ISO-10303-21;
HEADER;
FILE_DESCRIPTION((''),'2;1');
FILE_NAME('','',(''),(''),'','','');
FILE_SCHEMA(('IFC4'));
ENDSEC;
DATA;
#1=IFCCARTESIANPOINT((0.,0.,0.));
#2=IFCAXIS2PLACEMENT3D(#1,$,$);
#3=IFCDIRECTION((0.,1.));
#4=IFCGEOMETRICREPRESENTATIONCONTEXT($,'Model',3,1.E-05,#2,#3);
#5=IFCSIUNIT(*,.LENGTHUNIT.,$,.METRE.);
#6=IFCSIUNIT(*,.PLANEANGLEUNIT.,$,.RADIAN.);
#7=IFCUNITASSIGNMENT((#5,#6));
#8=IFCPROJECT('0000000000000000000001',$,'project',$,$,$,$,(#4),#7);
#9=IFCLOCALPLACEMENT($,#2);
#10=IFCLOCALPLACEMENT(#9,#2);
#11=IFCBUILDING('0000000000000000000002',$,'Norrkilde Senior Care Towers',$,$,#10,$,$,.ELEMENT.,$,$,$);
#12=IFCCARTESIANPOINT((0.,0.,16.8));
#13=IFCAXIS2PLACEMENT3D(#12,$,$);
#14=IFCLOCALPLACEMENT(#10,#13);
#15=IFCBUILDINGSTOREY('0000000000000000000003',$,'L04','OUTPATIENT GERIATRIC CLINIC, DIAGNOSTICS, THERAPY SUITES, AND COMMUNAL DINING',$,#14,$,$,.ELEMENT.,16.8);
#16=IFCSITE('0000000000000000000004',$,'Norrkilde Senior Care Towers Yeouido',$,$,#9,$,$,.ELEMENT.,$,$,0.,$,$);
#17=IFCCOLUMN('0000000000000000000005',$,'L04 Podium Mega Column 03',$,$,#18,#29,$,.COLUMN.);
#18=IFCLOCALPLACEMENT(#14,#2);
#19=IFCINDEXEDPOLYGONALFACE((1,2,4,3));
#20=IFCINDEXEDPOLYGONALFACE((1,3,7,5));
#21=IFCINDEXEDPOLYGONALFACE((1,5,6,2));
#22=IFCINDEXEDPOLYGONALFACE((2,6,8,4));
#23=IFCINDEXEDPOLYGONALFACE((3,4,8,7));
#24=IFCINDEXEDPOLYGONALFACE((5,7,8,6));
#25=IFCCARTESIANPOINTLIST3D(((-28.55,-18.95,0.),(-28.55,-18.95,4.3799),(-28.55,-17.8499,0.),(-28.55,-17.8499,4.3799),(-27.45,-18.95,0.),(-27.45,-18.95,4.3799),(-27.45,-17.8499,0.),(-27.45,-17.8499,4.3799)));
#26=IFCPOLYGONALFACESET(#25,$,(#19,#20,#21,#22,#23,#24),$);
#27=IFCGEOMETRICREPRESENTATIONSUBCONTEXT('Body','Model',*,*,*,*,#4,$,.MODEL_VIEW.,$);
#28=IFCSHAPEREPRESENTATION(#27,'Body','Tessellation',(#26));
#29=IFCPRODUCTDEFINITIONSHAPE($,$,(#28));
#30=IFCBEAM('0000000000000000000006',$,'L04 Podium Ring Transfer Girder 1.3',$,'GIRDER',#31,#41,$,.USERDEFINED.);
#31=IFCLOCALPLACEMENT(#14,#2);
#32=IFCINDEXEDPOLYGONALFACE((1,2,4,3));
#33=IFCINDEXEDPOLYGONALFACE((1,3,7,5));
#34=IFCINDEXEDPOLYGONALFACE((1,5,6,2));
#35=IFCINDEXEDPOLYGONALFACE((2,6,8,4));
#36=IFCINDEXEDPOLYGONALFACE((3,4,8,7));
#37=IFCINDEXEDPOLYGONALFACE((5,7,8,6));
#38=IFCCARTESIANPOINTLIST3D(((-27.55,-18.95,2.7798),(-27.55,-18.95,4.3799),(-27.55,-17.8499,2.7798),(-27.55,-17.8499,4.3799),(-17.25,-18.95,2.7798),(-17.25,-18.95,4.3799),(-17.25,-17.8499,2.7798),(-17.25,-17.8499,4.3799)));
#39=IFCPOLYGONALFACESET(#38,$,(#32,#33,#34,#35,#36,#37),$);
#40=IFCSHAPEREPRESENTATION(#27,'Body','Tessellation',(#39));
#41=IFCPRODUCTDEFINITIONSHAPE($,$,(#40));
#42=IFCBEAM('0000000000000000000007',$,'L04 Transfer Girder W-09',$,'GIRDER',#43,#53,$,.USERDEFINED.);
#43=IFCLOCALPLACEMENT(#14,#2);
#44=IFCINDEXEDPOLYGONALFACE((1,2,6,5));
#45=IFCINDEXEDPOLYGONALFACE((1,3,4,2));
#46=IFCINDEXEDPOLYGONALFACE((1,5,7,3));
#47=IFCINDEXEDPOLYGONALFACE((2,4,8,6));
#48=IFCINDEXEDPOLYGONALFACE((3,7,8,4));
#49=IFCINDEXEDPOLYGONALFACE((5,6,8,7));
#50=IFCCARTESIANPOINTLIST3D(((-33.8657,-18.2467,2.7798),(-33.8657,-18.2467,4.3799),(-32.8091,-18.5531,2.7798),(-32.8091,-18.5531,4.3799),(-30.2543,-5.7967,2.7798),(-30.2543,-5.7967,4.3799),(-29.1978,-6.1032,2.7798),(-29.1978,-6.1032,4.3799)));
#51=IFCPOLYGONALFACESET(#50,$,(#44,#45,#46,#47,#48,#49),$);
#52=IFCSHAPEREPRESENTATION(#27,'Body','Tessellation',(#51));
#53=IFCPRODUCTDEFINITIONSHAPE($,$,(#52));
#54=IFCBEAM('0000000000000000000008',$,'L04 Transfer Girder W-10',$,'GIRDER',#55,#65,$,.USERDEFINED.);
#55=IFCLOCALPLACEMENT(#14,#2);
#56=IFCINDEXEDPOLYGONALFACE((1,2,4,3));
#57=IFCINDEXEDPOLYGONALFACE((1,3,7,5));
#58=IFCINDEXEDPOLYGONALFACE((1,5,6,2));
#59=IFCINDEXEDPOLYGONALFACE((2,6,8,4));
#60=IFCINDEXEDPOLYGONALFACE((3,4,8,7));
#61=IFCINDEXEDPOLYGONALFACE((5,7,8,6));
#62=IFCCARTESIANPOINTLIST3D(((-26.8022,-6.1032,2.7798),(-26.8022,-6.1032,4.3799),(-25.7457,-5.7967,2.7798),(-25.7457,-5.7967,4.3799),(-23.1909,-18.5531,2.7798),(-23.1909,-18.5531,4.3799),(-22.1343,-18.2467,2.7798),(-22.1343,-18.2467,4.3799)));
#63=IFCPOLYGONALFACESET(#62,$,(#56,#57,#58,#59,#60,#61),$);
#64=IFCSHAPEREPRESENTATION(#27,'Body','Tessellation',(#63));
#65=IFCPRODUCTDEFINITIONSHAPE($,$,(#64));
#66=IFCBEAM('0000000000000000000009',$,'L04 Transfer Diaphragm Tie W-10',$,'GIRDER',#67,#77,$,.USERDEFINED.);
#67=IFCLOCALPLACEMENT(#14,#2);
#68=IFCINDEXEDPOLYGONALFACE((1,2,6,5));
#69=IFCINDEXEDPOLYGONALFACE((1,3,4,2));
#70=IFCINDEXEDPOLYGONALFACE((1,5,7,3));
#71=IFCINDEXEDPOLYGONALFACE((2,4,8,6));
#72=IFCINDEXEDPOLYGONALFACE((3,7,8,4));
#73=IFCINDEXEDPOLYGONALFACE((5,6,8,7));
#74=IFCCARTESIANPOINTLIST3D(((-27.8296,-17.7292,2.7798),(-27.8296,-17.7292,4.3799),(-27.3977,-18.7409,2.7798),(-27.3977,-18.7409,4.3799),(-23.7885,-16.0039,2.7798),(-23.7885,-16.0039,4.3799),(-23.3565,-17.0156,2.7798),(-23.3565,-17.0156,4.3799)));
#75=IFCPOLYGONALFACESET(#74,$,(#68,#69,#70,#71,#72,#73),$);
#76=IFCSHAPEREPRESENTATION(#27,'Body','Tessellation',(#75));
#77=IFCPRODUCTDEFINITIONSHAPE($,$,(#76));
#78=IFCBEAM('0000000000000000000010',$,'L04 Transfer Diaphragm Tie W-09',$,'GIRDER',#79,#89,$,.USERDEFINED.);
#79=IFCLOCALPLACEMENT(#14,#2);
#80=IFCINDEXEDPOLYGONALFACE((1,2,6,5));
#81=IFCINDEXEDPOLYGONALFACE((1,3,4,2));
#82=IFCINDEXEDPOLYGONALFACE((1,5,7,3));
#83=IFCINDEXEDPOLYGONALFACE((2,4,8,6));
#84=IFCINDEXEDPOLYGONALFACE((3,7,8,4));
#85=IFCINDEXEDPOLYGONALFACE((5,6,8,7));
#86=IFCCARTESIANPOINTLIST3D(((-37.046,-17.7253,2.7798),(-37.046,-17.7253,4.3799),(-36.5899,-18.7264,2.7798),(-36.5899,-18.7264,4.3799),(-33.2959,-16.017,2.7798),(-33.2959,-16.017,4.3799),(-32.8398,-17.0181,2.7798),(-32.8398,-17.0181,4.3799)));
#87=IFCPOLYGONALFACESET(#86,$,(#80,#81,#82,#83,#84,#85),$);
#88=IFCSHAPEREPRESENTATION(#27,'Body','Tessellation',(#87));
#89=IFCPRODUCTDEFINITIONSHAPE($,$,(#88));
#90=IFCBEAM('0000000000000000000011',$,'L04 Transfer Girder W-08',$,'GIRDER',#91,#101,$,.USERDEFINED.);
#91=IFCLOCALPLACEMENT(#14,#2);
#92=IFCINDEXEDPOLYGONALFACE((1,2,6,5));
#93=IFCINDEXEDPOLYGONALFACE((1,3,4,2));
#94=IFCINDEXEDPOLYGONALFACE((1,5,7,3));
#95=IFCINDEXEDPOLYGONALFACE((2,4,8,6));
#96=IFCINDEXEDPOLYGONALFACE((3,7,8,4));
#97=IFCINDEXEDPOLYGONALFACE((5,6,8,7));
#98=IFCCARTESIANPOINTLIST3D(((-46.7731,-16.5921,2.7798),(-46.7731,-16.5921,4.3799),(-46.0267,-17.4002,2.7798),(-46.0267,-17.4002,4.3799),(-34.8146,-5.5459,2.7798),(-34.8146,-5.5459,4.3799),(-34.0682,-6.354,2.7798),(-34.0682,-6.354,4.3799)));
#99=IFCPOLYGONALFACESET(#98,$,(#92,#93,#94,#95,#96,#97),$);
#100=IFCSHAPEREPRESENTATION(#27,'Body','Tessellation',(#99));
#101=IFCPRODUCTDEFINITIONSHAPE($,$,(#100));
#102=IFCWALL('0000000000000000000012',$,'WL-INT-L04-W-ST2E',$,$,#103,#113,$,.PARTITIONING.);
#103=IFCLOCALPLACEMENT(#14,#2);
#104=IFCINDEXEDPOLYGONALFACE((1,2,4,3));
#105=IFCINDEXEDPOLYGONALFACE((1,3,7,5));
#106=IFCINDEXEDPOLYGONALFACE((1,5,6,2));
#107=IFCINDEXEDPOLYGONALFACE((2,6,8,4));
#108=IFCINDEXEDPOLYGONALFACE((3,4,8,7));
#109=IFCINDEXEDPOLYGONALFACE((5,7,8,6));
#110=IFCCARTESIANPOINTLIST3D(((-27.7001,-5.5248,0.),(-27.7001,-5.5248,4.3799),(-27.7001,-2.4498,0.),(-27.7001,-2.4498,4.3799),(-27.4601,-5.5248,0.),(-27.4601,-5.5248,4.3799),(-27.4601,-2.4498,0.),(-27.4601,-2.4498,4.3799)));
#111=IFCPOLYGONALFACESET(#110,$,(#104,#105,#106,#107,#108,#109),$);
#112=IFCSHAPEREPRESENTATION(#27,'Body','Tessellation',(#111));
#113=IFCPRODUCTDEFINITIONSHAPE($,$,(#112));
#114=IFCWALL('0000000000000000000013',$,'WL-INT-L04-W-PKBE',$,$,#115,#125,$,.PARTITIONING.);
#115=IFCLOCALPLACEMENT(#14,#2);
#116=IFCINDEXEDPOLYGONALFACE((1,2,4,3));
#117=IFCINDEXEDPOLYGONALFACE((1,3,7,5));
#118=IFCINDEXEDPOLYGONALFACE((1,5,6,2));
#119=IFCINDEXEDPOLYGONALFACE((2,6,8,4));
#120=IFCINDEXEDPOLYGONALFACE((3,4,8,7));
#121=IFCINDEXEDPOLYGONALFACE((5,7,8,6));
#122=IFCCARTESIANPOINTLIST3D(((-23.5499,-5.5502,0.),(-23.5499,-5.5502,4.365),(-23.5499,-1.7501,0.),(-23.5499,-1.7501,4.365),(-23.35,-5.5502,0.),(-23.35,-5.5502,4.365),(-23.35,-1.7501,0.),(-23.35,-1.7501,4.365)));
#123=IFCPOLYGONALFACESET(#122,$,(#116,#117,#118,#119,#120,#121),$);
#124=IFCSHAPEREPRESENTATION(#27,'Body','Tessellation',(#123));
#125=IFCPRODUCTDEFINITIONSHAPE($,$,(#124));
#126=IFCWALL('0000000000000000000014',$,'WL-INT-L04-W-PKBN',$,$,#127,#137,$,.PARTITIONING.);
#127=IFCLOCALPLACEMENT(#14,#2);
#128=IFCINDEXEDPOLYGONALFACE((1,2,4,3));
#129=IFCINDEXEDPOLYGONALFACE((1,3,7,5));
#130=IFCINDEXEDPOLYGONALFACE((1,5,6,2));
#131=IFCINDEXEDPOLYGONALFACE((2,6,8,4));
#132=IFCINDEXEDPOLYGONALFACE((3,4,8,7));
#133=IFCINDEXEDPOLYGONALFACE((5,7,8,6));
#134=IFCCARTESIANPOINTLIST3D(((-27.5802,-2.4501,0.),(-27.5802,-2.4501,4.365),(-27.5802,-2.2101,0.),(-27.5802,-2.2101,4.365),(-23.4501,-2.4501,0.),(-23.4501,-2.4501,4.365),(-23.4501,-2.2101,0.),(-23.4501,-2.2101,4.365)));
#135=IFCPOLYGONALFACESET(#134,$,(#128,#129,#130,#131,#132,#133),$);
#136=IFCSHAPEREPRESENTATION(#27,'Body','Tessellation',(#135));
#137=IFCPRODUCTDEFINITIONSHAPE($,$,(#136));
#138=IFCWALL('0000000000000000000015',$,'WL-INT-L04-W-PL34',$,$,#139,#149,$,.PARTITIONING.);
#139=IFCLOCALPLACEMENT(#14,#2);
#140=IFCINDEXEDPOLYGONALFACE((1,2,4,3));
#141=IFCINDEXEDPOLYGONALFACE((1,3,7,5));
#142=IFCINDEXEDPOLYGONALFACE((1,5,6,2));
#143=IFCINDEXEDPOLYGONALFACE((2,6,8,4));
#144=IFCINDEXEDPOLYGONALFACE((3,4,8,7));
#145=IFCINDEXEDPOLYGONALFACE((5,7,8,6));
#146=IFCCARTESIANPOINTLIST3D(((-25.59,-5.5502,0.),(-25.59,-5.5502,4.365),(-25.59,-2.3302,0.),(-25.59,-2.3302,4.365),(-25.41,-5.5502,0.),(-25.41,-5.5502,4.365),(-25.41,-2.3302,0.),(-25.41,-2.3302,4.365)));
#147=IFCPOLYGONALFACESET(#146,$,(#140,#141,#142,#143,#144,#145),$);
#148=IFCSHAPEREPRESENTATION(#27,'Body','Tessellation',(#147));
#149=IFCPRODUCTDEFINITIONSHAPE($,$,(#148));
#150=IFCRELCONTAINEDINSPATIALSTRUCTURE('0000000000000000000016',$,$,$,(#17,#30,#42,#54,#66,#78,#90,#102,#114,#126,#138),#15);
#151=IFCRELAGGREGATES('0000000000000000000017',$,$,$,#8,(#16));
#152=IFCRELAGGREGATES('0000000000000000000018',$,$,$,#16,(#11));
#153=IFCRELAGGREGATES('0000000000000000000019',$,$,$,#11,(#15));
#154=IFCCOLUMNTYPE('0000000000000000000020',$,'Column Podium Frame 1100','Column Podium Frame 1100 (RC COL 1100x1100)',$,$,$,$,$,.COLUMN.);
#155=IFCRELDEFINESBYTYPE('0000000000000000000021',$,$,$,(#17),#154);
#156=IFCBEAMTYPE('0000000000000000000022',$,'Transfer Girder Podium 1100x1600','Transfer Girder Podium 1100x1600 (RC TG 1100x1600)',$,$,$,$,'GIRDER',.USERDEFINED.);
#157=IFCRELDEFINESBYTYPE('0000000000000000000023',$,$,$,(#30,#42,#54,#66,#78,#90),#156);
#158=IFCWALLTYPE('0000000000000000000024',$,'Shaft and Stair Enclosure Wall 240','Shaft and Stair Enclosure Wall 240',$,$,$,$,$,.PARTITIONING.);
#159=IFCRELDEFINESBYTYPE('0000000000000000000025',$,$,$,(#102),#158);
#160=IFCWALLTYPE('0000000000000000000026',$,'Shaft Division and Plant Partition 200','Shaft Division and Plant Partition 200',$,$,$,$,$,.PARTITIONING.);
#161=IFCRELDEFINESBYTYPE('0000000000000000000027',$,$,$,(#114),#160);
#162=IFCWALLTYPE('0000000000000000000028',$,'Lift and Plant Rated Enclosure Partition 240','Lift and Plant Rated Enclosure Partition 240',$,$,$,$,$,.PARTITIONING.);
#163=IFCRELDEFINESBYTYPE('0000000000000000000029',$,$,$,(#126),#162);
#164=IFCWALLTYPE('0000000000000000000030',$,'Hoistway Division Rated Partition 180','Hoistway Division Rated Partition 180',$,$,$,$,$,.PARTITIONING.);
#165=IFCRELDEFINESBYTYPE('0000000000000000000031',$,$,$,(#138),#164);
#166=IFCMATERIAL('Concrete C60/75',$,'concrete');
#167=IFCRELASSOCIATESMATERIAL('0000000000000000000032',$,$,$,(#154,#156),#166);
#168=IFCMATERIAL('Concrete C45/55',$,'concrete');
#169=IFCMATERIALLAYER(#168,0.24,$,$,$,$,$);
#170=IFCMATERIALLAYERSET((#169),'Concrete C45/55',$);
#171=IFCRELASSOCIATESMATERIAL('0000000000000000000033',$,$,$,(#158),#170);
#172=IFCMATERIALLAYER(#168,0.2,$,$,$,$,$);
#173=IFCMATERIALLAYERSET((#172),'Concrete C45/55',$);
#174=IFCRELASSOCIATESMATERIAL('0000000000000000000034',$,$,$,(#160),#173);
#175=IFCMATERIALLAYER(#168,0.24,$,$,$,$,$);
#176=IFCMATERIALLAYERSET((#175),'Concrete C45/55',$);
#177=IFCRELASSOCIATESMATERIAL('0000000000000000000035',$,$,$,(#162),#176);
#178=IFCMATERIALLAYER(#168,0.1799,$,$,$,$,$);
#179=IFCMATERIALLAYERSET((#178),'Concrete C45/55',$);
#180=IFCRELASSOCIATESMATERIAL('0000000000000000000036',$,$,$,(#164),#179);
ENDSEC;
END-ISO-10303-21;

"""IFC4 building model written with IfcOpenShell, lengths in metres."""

from ifc_helpers import new_model, si_unit, direction, frame, frame_2d, origin, origin_2d, place, context, subcontext, project, spatial, rectangle, extrude, source, transform, mapped, material, layer, layer_set, material_profile, profile_set, type_object, type_shapes, element, save


model = new_model("IFC4")

# Units and contexts
model_context = context("Model", 3, precision=1e-05, world=origin(), true_north=direction((0.0, 1.0)))
body_context = subcontext(model_context, "Body", "Model", "MODEL_VIEW")
ifc_project = project(units=[si_unit("LENGTHUNIT", "METRE"), si_unit("PLANEANGLEUNIT", "RADIAN")], contexts=[model_context])

# Site, building, storey
site_placement = place(None, origin())
site = spatial("IfcSite", under=ifc_project, at=site_placement, Name="Norrkilde Senior Care Towers Yeouido", CompositionType="ELEMENT", RefElevation=0.0)
building_placement = place(site_placement, origin())
building = spatial("IfcBuilding", under=site, at=building_placement, Name="Norrkilde Senior Care Towers", CompositionType="ELEMENT")
storey_placement = place(building_placement, frame((0.0, 0.0, 16.8)))
storey = spatial("IfcBuildingStorey", under=building, at=storey_placement, Name="L04", Description="OUTPATIENT GERIATRIC CLINIC, DIAGNOSTICS, THERAPY SUITES, AND COMMUNAL DINING", CompositionType="ELEMENT", Elevation=16.8)

# Column
ifc_material_1 = material(Name="Concrete C60/75", Category="concrete")
ifc_material_profile_1 = material_profile(ifc_material_1, rectangle(XDim=1.1001, YDim=1.1001, at=origin_2d()), Name="RC COL 1100x1100")
ifc_profile_set_1 = profile_set([ifc_material_profile_1], Name="Concrete C60/75")
column_type = type_object("IfcColumnType", Name="Column Podium Frame 1100", Description="Column Podium Frame 1100 (RC COL 1100x1100)", PredefinedType="COLUMN", material=ifc_profile_set_1)
shared_shape_1 = source(origin(), body_context, "Body", "SweptSolid", [
    extrude(rectangle(XDim=1.1001, YDim=1.1001, at=origin_2d()), origin(), (0.0, 0.0, 1.0), 4.3799),
])
type_shapes(column_type, [shared_shape_1])
column_placement = place(storey_placement, frame((-28.0, -18.3999, 0.0), z_axis=(0.0, 0.0, 1.0), x_axis=(1.0, 0.0, 0.0)))
element("IfcColumn", 1, at=column_placement, inside=storey, type_object=column_type, Name="L04 Podium Mega Column 03", PredefinedType="COLUMN", context=body_context, shape_type="MappedRepresentation", body=[
    mapped(shared_shape_1, transform((0.0, 0.0, 0.0), x_axis=(1.0, 0.0, 0.0), y_axis=(0.0, 1.0, 0.0), z_axis=(0.0, 0.0, 1.0), scale=1.0)),
])

# Beams
ifc_material_profile_2 = material_profile(ifc_material_1, rectangle(XDim=1.1001, YDim=1.6001, at=origin_2d()), Name="RC TG 1100x1600")
ifc_profile_set_2 = profile_set([ifc_material_profile_2], Name="Concrete C60/75")
beam_type = type_object("IfcBeamType", Name="Transfer Girder Podium 1100x1600", Description="Transfer Girder Podium 1100x1600 (RC TG 1100x1600)", ElementType="GIRDER", PredefinedType="USERDEFINED", material=ifc_profile_set_2)
shared_shape_2 = source(origin(), body_context, "Body", "SweptSolid", [
    extrude(rectangle(XDim=1.1001, YDim=1.6001, at=origin_2d()), origin(), (0.0, 0.0, 1.0), 10.3),
])
beam_1_placement = place(storey_placement, frame((-27.55, -18.3999, 3.5798), z_axis=(1.0, 0.0, 0.0), x_axis=(0.0, 1.0, 0.0)))
element("IfcBeam", 2, at=beam_1_placement, inside=storey, type_object=beam_type, Name="L04 Podium Ring Transfer Girder 1.3", ObjectType="GIRDER", PredefinedType="USERDEFINED", context=body_context, shape_type="MappedRepresentation", body=[
    mapped(shared_shape_2, transform((0.0, 0.0, 0.0), x_axis=(1.0, 0.0, 0.0), y_axis=(0.0, 1.0, 0.0), z_axis=(0.0, 0.0, 1.0), scale=1.0)),
])
shared_shape_3 = source(origin(), body_context, "Body", "SweptSolid", [
    extrude(rectangle(XDim=1.1001, YDim=1.6001, at=origin_2d()), origin(), (0.0, 0.0, 1.0), 12.9631),
])
for number, where, z_axis, x_axis, name in (
    (3, (-29.7261, -5.95, 3.5798), (-0.278584, -0.960412, 0.0), (0.960412, -0.278584, 0.0), "L04 Transfer Girder W-09"),
    (4, (-26.2739, -5.95, 3.5798), (0.278584, -0.960412, 0.0), (0.960412, 0.278584, 0.0), "L04 Transfer Girder W-10"),
):
    element("IfcBeam", number, at=place(storey_placement, frame(where, z_axis=z_axis, x_axis=x_axis)), inside=storey, type_object=beam_type, Name=name, ObjectType="GIRDER", PredefinedType="USERDEFINED", context=body_context, shape_type="MappedRepresentation", body=[
        mapped(shared_shape_3, transform((0.0, 0.0, 0.0), x_axis=(1.0, 0.0, 0.0), y_axis=(0.0, 1.0, 0.0), z_axis=(0.0, 0.0, 1.0), scale=1.0)),
    ])
shared_shape_4 = source(origin(), body_context, "Body", "SweptSolid", [
    extrude(rectangle(XDim=1.1001, YDim=1.6001, at=origin_2d()), origin(), (0.0, 0.0, 1.0), 4.394),
])
beam_2_placement = place(storey_placement, frame((-23.5725, -16.5098, 3.5798), z_axis=(-0.91969, -0.392645, 0.0), x_axis=(0.392645, -0.91969, 0.0)))
element("IfcBeam", 5, at=beam_2_placement, inside=storey, type_object=beam_type, Name="L04 Transfer Diaphragm Tie W-10", ObjectType="GIRDER", PredefinedType="USERDEFINED", context=body_context, shape_type="MappedRepresentation", body=[
    mapped(shared_shape_4, transform((0.0, 0.0, 0.0), x_axis=(1.0, 0.0, 0.0), y_axis=(0.0, 1.0, 0.0), z_axis=(0.0, 0.0, 1.0), scale=1.0)),
])
shared_shape_5 = source(origin(), body_context, "Body", "SweptSolid", [
    extrude(rectangle(XDim=1.1001, YDim=1.6001, at=origin_2d()), origin(), (0.0, 0.0, 1.0), 4.1208),
])
beam_3_placement = place(storey_placement, frame((-33.0679, -16.5176, 3.5798), z_axis=(-0.910027, -0.414548, 0.0), x_axis=(0.414548, -0.910027, 0.0)))
element("IfcBeam", 6, at=beam_3_placement, inside=storey, type_object=beam_type, Name="L04 Transfer Diaphragm Tie W-09", ObjectType="GIRDER", PredefinedType="USERDEFINED", context=body_context, shape_type="MappedRepresentation", body=[
    mapped(shared_shape_5, transform((0.0, 0.0, 0.0), x_axis=(1.0, 0.0, 0.0), y_axis=(0.0, 1.0, 0.0), z_axis=(0.0, 0.0, 1.0), scale=1.0)),
])
shared_shape_6 = source(origin(), body_context, "Body", "SweptSolid", [
    extrude(rectangle(XDim=1.1001, YDim=1.6001, at=origin_2d()), origin(), (0.0, 0.0, 1.0), 16.2795),
])
type_shapes(beam_type, [shared_shape_2, shared_shape_3, shared_shape_4, shared_shape_5, shared_shape_6])
beam_4_placement = place(storey_placement, frame((-34.4414, -5.95, 3.5798), z_axis=(-0.734573, -0.67853, 0.0), x_axis=(0.67853, -0.734573, 0.0)))
element("IfcBeam", 7, at=beam_4_placement, inside=storey, type_object=beam_type, Name="L04 Transfer Girder W-08", ObjectType="GIRDER", PredefinedType="USERDEFINED", context=body_context, shape_type="MappedRepresentation", body=[
    mapped(shared_shape_6, transform((0.0, 0.0, 0.0), x_axis=(1.0, 0.0, 0.0), y_axis=(0.0, 1.0, 0.0), z_axis=(0.0, 0.0, 1.0), scale=1.0)),
])

# Walls
ifc_material_2 = material(Name="Concrete C45/55", Category="concrete")
ifc_layer_1 = layer(ifc_material_2, 0.24)
ifc_layer_set_1 = layer_set([ifc_layer_1], Name="Concrete C45/55")
wall_type_1 = type_object("IfcWallType", Name="Shaft and Stair Enclosure Wall 240", Description="Shaft and Stair Enclosure Wall 240", PredefinedType="PARTITIONING", material=ifc_layer_set_1)
shared_shape_7 = source(origin(), body_context, "Body", "SweptSolid", [
    extrude(rectangle(XDim=3.075, YDim=0.24, at=frame_2d((1.5376, 0.0))), origin(), (0.0, 0.0, 1.0), 4.3799),
])
type_shapes(wall_type_1, [shared_shape_7])
wall_1_placement = place(storey_placement, frame((-27.5801, -5.5249, 0.0), z_axis=(0.0, 0.0, 1.0), x_axis=(0.0, 1.0, 0.0)))
element("IfcWall", 8, at=wall_1_placement, inside=storey, type_object=wall_type_1, Name="WL-INT-L04-W-ST2E", PredefinedType="PARTITIONING", context=body_context, shape_type="MappedRepresentation", body=[
    mapped(shared_shape_7, transform((0.0, 0.0, 0.0), x_axis=(1.0, 0.0, 0.0), y_axis=(0.0, 1.0, 0.0), z_axis=(0.0, 0.0, 1.0), scale=1.0)),
])
ifc_layer_2 = layer(ifc_material_2, 0.2)
ifc_layer_set_2 = layer_set([ifc_layer_2], Name="Concrete C45/55")
wall_type_2 = type_object("IfcWallType", Name="Shaft Division and Plant Partition 200", Description="Shaft Division and Plant Partition 200", PredefinedType="PARTITIONING", material=ifc_layer_set_2)
shared_shape_8 = source(origin(), body_context, "Body", "SweptSolid", [
    extrude(rectangle(XDim=3.8, YDim=0.2, at=frame_2d((1.8999, 0.0))), origin(), (0.0, 0.0, 1.0), 4.365),
])
type_shapes(wall_type_2, [shared_shape_8])
wall_2_placement = place(storey_placement, frame((-23.45, -5.55, 0.0), z_axis=(0.0, 0.0, 1.0), x_axis=(0.0, 1.0, 0.0)))
element("IfcWall", 9, at=wall_2_placement, inside=storey, type_object=wall_type_2, Name="WL-INT-L04-W-PKBE", PredefinedType="PARTITIONING", context=body_context, shape_type="MappedRepresentation", body=[
    mapped(shared_shape_8, transform((0.0, 0.0, 0.0), x_axis=(1.0, 0.0, 0.0), y_axis=(0.0, 1.0, 0.0), z_axis=(0.0, 0.0, 1.0), scale=1.0)),
])
ifc_layer_3 = layer(ifc_material_2, 0.24)
ifc_layer_set_3 = layer_set([ifc_layer_3], Name="Concrete C45/55")
wall_type_3 = type_object("IfcWallType", Name="Lift and Plant Rated Enclosure Partition 240", Description="Lift and Plant Rated Enclosure Partition 240", PredefinedType="PARTITIONING", material=ifc_layer_set_3)
shared_shape_9 = source(origin(), body_context, "Body", "SweptSolid", [
    extrude(rectangle(XDim=4.1301, YDim=0.24, at=frame_2d((2.0649, 0.0))), origin(), (0.0, 0.0, 1.0), 4.365),
])
type_shapes(wall_type_3, [shared_shape_9])
wall_3_placement = place(storey_placement, frame((-27.5801, -2.3301, 0.0), z_axis=(0.0, 0.0, 1.0), x_axis=(1.0, 0.0, 0.0)))
element("IfcWall", 10, at=wall_3_placement, inside=storey, type_object=wall_type_3, Name="WL-INT-L04-W-PKBN", PredefinedType="PARTITIONING", context=body_context, shape_type="MappedRepresentation", body=[
    mapped(shared_shape_9, transform((0.0, 0.0, 0.0), x_axis=(1.0, 0.0, 0.0), y_axis=(0.0, 1.0, 0.0), z_axis=(0.0, 0.0, 1.0), scale=1.0)),
])
ifc_layer_4 = layer(ifc_material_2, 0.1799)
ifc_layer_set_4 = layer_set([ifc_layer_4], Name="Concrete C45/55")
wall_type_4 = type_object("IfcWallType", Name="Hoistway Division Rated Partition 180", Description="Hoistway Division Rated Partition 180", PredefinedType="PARTITIONING", material=ifc_layer_set_4)
shared_shape_10 = source(origin(), body_context, "Body", "SweptSolid", [
    extrude(rectangle(XDim=3.22, YDim=0.1799, at=frame_2d((1.6099, 0.0))), origin(), (0.0, 0.0, 1.0), 4.365),
])
type_shapes(wall_type_4, [shared_shape_10])
wall_4_placement = place(storey_placement, frame((-25.5, -5.55, 0.0), z_axis=(0.0, 0.0, 1.0), x_axis=(0.0, 1.0, 0.0)))
element("IfcWall", 11, at=wall_4_placement, inside=storey, type_object=wall_type_4, Name="WL-INT-L04-W-PL34", PredefinedType="PARTITIONING", context=body_context, shape_type="MappedRepresentation", body=[
    mapped(shared_shape_10, transform((0.0, 0.0, 0.0), x_axis=(1.0, 0.0, 0.0), y_axis=(0.0, 1.0, 0.0), z_axis=(0.0, 0.0, 1.0), scale=1.0)),
])

save(model, "model.ifc")
